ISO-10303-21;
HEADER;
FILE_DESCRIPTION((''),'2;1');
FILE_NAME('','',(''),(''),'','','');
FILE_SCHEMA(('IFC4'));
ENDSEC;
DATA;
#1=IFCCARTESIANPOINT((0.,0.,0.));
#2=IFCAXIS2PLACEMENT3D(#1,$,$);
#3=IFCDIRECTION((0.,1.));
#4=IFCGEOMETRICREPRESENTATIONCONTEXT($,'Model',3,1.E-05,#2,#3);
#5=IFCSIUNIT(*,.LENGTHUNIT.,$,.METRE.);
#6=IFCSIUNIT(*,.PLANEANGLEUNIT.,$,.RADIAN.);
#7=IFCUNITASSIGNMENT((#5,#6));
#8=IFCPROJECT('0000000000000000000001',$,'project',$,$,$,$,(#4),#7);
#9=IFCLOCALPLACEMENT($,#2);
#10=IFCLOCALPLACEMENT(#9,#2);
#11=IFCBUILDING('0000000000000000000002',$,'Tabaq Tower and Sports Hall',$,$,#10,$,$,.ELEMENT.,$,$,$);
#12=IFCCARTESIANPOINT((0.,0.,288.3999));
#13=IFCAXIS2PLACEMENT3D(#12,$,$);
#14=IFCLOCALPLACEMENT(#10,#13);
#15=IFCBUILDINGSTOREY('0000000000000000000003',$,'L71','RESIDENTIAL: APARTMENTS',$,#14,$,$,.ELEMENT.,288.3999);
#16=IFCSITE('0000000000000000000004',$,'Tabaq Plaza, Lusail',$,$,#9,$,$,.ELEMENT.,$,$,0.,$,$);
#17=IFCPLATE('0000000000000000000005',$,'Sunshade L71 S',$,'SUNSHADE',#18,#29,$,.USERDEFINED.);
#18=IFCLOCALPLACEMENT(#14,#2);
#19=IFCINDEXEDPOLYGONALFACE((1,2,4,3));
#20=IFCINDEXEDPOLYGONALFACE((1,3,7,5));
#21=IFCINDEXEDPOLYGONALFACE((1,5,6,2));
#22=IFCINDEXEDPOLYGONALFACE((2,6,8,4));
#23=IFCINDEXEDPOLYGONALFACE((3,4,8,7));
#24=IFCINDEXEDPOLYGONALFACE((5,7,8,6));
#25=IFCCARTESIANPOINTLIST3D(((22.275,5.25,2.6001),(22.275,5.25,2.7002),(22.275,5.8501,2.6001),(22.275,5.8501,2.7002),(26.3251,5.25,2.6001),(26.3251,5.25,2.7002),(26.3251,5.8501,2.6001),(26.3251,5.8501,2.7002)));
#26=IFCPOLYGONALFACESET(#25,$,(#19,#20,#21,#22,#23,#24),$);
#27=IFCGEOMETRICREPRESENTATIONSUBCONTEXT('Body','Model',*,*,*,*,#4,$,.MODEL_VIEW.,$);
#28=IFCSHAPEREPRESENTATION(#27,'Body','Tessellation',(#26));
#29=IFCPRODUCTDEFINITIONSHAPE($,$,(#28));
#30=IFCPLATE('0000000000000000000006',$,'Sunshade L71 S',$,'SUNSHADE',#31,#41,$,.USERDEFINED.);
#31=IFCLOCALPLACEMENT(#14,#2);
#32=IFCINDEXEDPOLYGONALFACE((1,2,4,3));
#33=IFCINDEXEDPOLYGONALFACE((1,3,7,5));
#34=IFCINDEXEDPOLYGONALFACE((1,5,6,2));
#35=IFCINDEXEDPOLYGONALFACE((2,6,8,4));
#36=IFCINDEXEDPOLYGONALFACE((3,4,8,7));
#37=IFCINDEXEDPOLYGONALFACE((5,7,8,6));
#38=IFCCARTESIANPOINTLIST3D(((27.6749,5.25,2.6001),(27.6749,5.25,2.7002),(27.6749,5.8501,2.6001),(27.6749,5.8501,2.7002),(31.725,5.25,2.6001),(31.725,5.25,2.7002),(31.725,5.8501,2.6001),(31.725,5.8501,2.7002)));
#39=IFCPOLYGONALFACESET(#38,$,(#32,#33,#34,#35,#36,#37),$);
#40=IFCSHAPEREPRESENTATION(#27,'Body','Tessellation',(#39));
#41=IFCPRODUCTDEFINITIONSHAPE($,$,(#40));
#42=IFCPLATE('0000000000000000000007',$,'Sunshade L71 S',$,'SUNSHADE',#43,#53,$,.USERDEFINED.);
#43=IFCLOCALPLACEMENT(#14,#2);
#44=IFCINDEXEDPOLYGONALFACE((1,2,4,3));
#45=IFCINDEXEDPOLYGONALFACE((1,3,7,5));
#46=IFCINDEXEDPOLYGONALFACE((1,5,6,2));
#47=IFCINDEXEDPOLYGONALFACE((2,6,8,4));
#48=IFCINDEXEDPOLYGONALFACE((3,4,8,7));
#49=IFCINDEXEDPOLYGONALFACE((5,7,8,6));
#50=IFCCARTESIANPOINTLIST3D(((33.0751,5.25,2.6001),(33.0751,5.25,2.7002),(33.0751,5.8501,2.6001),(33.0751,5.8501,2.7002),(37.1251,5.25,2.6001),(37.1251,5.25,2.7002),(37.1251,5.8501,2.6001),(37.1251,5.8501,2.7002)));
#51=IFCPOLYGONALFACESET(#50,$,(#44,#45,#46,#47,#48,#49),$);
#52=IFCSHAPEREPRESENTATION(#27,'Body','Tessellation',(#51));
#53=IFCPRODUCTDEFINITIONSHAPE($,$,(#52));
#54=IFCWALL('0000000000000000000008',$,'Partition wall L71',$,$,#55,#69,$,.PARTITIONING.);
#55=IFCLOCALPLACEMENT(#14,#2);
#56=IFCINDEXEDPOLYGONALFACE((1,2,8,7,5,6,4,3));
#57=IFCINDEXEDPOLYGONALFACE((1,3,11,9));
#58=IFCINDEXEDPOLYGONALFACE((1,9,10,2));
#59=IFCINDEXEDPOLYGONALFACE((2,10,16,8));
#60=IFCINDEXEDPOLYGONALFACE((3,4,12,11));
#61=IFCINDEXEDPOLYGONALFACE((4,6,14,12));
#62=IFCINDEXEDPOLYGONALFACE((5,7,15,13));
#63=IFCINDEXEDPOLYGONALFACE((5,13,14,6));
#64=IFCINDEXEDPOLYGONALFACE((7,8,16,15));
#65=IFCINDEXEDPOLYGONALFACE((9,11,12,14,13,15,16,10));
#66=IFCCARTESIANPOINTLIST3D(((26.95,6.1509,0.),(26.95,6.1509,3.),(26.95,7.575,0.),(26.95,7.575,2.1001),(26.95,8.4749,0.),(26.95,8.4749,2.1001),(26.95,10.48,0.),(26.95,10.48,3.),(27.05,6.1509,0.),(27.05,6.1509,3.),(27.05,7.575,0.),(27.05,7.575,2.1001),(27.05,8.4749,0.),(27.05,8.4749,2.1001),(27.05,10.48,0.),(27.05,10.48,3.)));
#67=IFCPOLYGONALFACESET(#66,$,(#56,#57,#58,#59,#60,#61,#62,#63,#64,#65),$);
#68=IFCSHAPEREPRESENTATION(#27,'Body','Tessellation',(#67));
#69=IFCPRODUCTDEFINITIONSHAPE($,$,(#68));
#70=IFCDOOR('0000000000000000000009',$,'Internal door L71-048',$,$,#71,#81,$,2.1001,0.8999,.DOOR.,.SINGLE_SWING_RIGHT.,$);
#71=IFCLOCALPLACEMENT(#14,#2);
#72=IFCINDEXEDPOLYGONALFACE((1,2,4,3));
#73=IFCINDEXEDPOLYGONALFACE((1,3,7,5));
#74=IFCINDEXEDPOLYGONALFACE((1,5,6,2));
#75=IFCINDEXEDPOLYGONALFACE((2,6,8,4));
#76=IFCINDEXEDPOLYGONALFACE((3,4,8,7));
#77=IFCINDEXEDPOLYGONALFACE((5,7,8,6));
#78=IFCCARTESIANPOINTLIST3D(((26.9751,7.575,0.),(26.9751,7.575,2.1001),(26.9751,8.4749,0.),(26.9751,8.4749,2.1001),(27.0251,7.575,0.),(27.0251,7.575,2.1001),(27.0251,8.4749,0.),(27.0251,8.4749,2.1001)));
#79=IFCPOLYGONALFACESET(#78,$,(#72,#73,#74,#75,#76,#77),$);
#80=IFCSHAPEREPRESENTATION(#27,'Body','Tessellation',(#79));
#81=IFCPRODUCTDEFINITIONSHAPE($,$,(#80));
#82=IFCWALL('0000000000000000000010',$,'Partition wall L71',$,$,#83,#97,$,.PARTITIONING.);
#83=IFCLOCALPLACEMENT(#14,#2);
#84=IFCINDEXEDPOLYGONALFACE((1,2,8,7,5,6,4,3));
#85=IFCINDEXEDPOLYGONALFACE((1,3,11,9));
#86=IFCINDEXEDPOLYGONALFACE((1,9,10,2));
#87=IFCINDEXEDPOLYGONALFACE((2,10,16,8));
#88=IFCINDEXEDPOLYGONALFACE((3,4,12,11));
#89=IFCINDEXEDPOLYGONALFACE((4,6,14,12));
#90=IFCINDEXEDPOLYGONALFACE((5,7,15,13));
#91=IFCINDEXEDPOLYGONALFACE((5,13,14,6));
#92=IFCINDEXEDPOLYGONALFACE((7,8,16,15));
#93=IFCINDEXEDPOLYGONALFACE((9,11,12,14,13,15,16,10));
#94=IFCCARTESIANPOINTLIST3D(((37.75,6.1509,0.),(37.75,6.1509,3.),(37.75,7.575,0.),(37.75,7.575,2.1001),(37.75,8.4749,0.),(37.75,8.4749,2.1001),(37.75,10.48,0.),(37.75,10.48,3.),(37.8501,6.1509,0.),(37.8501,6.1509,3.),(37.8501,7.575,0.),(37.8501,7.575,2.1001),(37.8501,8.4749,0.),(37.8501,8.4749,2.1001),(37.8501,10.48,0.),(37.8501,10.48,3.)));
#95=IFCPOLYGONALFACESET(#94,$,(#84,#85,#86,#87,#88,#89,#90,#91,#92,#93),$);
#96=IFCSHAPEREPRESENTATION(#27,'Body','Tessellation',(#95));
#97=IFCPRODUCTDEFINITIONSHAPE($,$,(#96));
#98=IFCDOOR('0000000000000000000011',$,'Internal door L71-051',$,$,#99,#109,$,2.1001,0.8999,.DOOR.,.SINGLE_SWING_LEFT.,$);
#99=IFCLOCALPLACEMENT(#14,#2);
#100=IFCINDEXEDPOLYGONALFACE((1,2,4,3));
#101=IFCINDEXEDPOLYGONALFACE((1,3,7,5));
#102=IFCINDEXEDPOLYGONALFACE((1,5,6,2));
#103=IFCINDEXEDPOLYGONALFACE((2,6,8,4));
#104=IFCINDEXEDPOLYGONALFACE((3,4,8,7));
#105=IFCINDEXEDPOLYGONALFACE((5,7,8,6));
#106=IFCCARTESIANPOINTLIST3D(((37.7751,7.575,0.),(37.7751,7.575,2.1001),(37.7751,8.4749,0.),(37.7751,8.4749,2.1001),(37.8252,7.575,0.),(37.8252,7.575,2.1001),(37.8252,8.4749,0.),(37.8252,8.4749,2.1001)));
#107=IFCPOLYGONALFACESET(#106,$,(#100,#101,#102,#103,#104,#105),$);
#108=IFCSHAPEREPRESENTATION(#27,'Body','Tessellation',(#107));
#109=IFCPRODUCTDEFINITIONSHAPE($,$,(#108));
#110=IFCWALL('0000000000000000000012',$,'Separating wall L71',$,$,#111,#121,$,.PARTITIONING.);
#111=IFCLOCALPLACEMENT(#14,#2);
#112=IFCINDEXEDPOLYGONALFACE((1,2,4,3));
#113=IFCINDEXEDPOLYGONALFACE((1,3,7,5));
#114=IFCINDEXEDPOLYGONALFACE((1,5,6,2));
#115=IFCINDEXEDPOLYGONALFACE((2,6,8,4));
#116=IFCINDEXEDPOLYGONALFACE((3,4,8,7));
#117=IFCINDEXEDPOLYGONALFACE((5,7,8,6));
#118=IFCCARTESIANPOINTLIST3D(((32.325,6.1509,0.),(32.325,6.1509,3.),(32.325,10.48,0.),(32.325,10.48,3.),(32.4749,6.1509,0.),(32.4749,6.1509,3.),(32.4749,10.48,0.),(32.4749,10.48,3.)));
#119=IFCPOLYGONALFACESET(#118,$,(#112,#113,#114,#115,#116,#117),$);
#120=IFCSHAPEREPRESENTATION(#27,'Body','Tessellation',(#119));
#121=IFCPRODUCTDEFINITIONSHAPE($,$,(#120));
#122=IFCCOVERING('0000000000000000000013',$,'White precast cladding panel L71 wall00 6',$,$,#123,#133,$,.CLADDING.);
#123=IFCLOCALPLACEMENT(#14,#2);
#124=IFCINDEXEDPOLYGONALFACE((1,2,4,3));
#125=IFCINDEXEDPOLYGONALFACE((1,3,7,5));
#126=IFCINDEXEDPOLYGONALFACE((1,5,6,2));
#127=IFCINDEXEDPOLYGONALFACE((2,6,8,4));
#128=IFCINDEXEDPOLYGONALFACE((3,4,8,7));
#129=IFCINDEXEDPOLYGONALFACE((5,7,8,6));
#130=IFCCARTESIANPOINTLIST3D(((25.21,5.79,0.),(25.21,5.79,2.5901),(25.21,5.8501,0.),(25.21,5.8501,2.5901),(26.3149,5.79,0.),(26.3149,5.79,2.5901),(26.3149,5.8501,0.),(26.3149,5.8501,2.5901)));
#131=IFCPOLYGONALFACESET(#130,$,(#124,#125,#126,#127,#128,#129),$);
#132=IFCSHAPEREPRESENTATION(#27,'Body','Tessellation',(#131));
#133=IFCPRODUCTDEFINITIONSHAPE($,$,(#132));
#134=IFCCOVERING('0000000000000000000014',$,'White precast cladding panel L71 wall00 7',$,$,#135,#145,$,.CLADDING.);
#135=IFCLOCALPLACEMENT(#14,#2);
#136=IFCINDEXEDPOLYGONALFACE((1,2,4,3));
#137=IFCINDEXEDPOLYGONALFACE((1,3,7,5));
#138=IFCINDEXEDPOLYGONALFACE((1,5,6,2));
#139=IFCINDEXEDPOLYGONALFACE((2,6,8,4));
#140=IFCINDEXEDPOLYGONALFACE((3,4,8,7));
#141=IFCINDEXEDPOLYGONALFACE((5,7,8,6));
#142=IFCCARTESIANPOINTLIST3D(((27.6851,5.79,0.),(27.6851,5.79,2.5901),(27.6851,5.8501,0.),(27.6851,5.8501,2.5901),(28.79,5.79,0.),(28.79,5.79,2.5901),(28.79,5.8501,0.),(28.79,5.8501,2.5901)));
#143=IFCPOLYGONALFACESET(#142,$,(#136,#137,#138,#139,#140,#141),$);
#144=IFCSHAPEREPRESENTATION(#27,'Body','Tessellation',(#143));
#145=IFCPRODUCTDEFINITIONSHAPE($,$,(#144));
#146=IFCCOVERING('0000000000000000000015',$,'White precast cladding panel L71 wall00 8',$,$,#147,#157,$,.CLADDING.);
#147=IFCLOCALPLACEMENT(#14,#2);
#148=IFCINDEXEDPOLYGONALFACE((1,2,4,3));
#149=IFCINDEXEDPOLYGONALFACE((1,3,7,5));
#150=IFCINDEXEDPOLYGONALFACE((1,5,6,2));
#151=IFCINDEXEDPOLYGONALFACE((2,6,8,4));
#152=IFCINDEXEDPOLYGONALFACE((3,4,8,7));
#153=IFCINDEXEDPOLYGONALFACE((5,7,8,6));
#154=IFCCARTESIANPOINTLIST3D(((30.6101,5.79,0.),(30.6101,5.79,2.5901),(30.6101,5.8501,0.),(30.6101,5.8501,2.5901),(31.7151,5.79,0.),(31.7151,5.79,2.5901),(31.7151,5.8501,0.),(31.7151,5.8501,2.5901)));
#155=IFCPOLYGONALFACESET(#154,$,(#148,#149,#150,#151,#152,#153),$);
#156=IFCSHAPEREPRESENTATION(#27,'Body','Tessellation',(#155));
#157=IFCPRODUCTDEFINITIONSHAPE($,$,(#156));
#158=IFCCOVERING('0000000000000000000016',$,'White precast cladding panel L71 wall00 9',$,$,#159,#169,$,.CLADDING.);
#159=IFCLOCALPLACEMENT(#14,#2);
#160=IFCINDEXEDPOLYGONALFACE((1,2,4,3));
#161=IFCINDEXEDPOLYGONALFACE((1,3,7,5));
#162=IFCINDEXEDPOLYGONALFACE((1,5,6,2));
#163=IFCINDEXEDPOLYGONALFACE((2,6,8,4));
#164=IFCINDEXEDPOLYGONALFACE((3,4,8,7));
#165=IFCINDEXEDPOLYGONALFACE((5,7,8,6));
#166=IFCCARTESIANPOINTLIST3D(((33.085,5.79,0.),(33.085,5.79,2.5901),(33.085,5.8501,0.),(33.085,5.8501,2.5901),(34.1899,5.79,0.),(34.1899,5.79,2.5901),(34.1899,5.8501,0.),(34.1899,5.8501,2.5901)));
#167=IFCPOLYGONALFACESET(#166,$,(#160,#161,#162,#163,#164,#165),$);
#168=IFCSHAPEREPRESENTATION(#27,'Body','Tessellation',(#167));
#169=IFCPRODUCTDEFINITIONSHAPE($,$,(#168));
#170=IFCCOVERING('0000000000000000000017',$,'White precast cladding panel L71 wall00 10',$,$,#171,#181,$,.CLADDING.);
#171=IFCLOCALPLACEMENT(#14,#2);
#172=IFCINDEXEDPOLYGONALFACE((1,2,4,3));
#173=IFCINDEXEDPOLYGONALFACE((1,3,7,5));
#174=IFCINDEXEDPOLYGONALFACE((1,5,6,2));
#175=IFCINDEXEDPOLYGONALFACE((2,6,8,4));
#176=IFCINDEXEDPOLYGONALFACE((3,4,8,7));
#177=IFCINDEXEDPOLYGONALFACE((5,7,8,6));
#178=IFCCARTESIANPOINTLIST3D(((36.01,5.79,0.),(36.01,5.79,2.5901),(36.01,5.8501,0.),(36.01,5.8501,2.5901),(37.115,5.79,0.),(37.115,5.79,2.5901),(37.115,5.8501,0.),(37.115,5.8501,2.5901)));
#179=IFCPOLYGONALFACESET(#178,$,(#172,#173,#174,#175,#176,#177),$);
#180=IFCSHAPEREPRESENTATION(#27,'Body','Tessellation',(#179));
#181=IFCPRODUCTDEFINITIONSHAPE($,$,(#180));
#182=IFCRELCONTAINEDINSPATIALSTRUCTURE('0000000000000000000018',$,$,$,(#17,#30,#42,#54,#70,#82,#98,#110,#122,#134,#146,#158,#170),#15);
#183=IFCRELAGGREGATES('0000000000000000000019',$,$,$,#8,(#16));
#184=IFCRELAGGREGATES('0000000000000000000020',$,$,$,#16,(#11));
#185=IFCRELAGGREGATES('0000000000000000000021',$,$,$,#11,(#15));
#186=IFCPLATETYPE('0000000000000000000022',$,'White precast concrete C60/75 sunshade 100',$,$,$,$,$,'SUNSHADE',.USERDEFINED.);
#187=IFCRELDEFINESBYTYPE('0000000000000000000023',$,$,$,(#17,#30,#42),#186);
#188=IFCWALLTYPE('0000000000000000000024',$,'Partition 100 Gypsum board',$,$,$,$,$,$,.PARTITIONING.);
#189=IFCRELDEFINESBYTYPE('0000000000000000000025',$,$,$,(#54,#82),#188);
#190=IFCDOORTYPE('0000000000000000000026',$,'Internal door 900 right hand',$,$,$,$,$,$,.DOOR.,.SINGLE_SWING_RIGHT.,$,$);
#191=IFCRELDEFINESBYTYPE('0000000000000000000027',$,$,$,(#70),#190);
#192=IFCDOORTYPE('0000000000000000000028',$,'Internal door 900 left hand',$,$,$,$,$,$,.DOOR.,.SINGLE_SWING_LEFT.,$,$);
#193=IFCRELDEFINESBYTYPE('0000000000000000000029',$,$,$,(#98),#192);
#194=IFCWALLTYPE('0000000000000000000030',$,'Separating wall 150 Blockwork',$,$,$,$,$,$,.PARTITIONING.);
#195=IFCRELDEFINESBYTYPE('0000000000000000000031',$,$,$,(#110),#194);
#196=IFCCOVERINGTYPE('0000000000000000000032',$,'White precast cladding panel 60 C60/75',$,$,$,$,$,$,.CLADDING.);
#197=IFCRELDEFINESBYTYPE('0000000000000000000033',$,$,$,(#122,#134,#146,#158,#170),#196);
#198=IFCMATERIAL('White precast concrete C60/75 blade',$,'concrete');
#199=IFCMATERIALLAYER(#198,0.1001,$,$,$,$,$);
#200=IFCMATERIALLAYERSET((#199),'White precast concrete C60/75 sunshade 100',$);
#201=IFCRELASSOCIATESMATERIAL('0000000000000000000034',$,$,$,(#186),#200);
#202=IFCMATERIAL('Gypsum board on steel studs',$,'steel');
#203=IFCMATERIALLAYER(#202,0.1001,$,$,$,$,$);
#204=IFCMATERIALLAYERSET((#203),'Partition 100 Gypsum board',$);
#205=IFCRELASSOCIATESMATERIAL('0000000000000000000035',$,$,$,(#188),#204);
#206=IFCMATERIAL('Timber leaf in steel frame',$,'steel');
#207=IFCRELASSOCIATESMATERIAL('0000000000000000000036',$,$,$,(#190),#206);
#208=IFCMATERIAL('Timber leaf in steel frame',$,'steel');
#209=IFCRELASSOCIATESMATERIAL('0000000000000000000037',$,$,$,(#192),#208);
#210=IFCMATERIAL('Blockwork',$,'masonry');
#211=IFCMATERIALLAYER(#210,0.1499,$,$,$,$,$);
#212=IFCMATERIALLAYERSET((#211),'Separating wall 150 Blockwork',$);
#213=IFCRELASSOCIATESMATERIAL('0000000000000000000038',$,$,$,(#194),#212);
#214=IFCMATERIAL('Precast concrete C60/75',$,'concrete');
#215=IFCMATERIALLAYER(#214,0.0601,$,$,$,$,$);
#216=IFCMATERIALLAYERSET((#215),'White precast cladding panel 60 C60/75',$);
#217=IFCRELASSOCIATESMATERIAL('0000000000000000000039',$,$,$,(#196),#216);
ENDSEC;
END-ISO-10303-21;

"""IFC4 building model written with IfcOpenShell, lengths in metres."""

from ifc_helpers import new_model, si_unit, direction, frame, frame_2d, origin, origin_2d, place, context, subcontext, project, spatial, rectangle, extrude, material, layer, layer_set, type_object, element, fill, save


model = new_model("IFC4")

# Units and contexts
model_context = context("Model", 3, precision=1e-05, world=origin(), true_north=direction((0.0, 1.0)))
body_context = subcontext(model_context, "Body", "Model", "MODEL_VIEW")
ifc_project = project(units=[si_unit("LENGTHUNIT", "METRE"), si_unit("PLANEANGLEUNIT", "RADIAN")], contexts=[model_context])

# Site, building, storey
site_placement = place(None, origin())
site = spatial("IfcSite", under=ifc_project, at=site_placement, Name="Tabaq Plaza, Lusail", CompositionType="ELEMENT", RefElevation=0.0)
building_placement = place(site_placement, origin())
building = spatial("IfcBuilding", under=site, at=building_placement, Name="Tabaq Tower and Sports Hall", CompositionType="ELEMENT")
storey_placement = place(building_placement, frame((0.0, 0.0, 288.3999)))
storey = spatial("IfcBuildingStorey", under=building, at=storey_placement, Name="L71", Description="RESIDENTIAL: APARTMENTS", CompositionType="ELEMENT", Elevation=288.3999)

# Plates
ifc_material_1 = material(Name="White precast concrete C60/75 blade", Category="concrete")
ifc_layer_1 = layer(ifc_material_1, 0.1001)
ifc_layer_set_1 = layer_set([ifc_layer_1], Name="White precast concrete C60/75 sunshade 100")
plate_type = type_object("IfcPlateType", Name="White precast concrete C60/75 sunshade 100", ElementType="SUNSHADE", PredefinedType="USERDEFINED", material=ifc_layer_set_1)
for number, where, z_axis, x_axis, name in (
    (1, (24.3, 5.55, 2.6001), (0.0, 0.0, 1.0), (1.0, 0.0, 0.0), "Sunshade L71 S"),
    (2, (29.7, 5.55, 2.6001), (0.0, 0.0, 1.0), (1.0, 0.0, 0.0), "Sunshade L71 S"),
    (3, (35.1001, 5.55, 2.6001), (0.0, 0.0, 1.0), (1.0, 0.0, 0.0), "Sunshade L71 S"),
):
    element("IfcPlate", number, at=place(storey_placement, frame(where, z_axis=z_axis, x_axis=x_axis)), inside=storey, type_object=plate_type, Name=name, ObjectType="SUNSHADE", PredefinedType="USERDEFINED", context=body_context, shape_type="SweptSolid", body=[
        extrude(rectangle(XDim=4.05, YDim=0.6001, at=origin_2d()), origin(), (0.0, 0.0, 1.0), 0.1001),
    ])

# Walls, openings, doors
ifc_material_2 = material(Name="Gypsum board on steel studs", Category="steel")
ifc_layer_2 = layer(ifc_material_2, 0.1001)
ifc_layer_set_2 = layer_set([ifc_layer_2], Name="Partition 100 Gypsum board")
wall_type_1 = type_object("IfcWallType", Name="Partition 100 Gypsum board", PredefinedType="PARTITIONING", material=ifc_layer_set_2)
wall_1_placement = place(storey_placement, frame((27.0, 6.1509, 0.0), z_axis=(0.0, 0.0, 1.0), x_axis=(0.0, 1.0, 0.0)))
wall_1 = element("IfcWall", 4, at=wall_1_placement, inside=storey, type_object=wall_type_1, Name="Partition wall L71", PredefinedType="PARTITIONING", context=body_context, shape_type="SweptSolid", body=[
    extrude(rectangle(XDim=4.3291, YDim=0.1001, at=frame_2d((2.1646, 0.0))), origin(), (0.0, 0.0, 1.0), 3.0),
])
opening_1_placement = place(wall_1_placement, frame((1.4241, 0.0, 0.0)))
opening_1 = element("IfcOpeningElement", 5, at=opening_1_placement, cuts=wall_1, PredefinedType="OPENING", context=body_context, shape_type="SweptSolid", body=[
    extrude(rectangle(XDim=0.8999, YDim=2.1001, at=frame_2d((0.45, 1.05))), frame((0.0, 0.05, 0.0), z_axis=(0.0, -1.0, 0.0), x_axis=(1.0, 0.0, 0.0)), (0.0, 0.0, 1.0), 0.1001),
])
ifc_material_3 = material(Name="Timber leaf in steel frame", Category="steel")
door_type_1 = type_object("IfcDoorType", Name="Internal door 900 right hand", OperationType="SINGLE_SWING_RIGHT", PredefinedType="DOOR", material=ifc_material_3)
door_1_placement = place(opening_1_placement, origin())
door_1 = element("IfcDoor", 6, at=door_1_placement, inside=storey, type_object=door_type_1, Name="Internal door L71-048", OperationType="SINGLE_SWING_RIGHT", OverallHeight=2.1001, OverallWidth=0.8999, PredefinedType="DOOR", context=body_context, shape_type="SweptSolid", body=[
    extrude(rectangle(XDim=0.8999, YDim=2.1001, at=frame_2d((0.45, 1.05))), frame((0.0, 0.0249, 0.0), z_axis=(0.0, -1.0, 0.0), x_axis=(1.0, 0.0, 0.0)), (0.0, 0.0, 1.0), 0.05),
])
fill(opening_1, door_1)
wall_2_placement = place(storey_placement, frame((37.8, 6.1509, 0.0), z_axis=(0.0, 0.0, 1.0), x_axis=(0.0, 1.0, 0.0)))
wall_2 = element("IfcWall", 7, at=wall_2_placement, inside=storey, type_object=wall_type_1, Name="Partition wall L71", PredefinedType="PARTITIONING", context=body_context, shape_type="SweptSolid", body=[
    extrude(rectangle(XDim=4.3291, YDim=0.1001, at=frame_2d((2.1646, 0.0))), origin(), (0.0, 0.0, 1.0), 3.0),
])
opening_2_placement = place(wall_2_placement, frame((1.4241, 0.0, 0.0)))
opening_2 = element("IfcOpeningElement", 8, at=opening_2_placement, cuts=wall_2, PredefinedType="OPENING", context=body_context, shape_type="SweptSolid", body=[
    extrude(rectangle(XDim=0.8999, YDim=2.1001, at=frame_2d((0.45, 1.05))), frame((0.0, 0.05, 0.0), z_axis=(0.0, -1.0, 0.0), x_axis=(1.0, 0.0, 0.0)), (0.0, 0.0, 1.0), 0.1001),
])
ifc_material_4 = material(Name="Timber leaf in steel frame", Category="steel")
door_type_2 = type_object("IfcDoorType", Name="Internal door 900 left hand", OperationType="SINGLE_SWING_LEFT", PredefinedType="DOOR", material=ifc_material_4)
door_2_placement = place(opening_2_placement, origin())
door_2 = element("IfcDoor", 9, at=door_2_placement, inside=storey, type_object=door_type_2, Name="Internal door L71-051", OperationType="SINGLE_SWING_LEFT", OverallHeight=2.1001, OverallWidth=0.8999, PredefinedType="DOOR", context=body_context, shape_type="SweptSolid", body=[
    extrude(rectangle(XDim=0.8999, YDim=2.1001, at=frame_2d((0.45, 1.05))), frame((0.0, 0.0249, 0.0), z_axis=(0.0, -1.0, 0.0), x_axis=(1.0, 0.0, 0.0)), (0.0, 0.0, 1.0), 0.05),
])
fill(opening_2, door_2)

# Wall
ifc_material_5 = material(Name="Blockwork", Category="masonry")
ifc_layer_3 = layer(ifc_material_5, 0.1499)
ifc_layer_set_3 = layer_set([ifc_layer_3], Name="Separating wall 150 Blockwork")
wall_type_2 = type_object("IfcWallType", Name="Separating wall 150 Blockwork", PredefinedType="PARTITIONING", material=ifc_layer_set_3)
wall_3_placement = place(storey_placement, frame((32.3999, 6.1509, 0.0), z_axis=(0.0, 0.0, 1.0), x_axis=(0.0, 1.0, 0.0)))
element("IfcWall", 10, at=wall_3_placement, inside=storey, type_object=wall_type_2, Name="Separating wall L71", PredefinedType="PARTITIONING", context=body_context, shape_type="SweptSolid", body=[
    extrude(rectangle(XDim=4.3291, YDim=0.1499, at=frame_2d((2.1646, 0.0))), origin(), (0.0, 0.0, 1.0), 3.0),
])

# Coverings
ifc_material_6 = material(Name="Precast concrete C60/75", Category="concrete")
ifc_layer_4 = layer(ifc_material_6, 0.0601)
ifc_layer_set_4 = layer_set([ifc_layer_4], Name="White precast cladding panel 60 C60/75")
covering_type = type_object("IfcCoveringType", Name="White precast cladding panel 60 C60/75", PredefinedType="CLADDING", material=ifc_layer_set_4)
for number, where, z_axis, x_axis, name in (
    (11, (25.21, 5.8201, 0.0), (0.0, 0.0, 1.0), (1.0, 0.0, 0.0), "White precast cladding panel L71 wall00 6"),
    (12, (27.6851, 5.8201, 0.0), (0.0, 0.0, 1.0), (1.0, 0.0, 0.0), "White precast cladding panel L71 wall00 7"),
    (13, (30.6101, 5.8201, 0.0), (0.0, 0.0, 1.0), (1.0, 0.0, 0.0), "White precast cladding panel L71 wall00 8"),
    (14, (33.085, 5.8201, 0.0), (0.0, 0.0, 1.0), (1.0, 0.0, 0.0), "White precast cladding panel L71 wall00 9"),
    (15, (36.01, 5.8201, 0.0), (0.0, 0.0, 1.0), (1.0, 0.0, 0.0), "White precast cladding panel L71 wall00 10"),
):
    element("IfcCovering", number, at=place(storey_placement, frame(where, z_axis=z_axis, x_axis=x_axis)), inside=storey, type_object=covering_type, Name=name, PredefinedType="CLADDING", context=body_context, shape_type="SweptSolid", body=[
        extrude(rectangle(XDim=1.105, YDim=0.0601, at=frame_2d((0.5525, 0.0))), origin(), (0.0, 0.0, 1.0), 2.5901),
    ])

save(model, "model.ifc")
